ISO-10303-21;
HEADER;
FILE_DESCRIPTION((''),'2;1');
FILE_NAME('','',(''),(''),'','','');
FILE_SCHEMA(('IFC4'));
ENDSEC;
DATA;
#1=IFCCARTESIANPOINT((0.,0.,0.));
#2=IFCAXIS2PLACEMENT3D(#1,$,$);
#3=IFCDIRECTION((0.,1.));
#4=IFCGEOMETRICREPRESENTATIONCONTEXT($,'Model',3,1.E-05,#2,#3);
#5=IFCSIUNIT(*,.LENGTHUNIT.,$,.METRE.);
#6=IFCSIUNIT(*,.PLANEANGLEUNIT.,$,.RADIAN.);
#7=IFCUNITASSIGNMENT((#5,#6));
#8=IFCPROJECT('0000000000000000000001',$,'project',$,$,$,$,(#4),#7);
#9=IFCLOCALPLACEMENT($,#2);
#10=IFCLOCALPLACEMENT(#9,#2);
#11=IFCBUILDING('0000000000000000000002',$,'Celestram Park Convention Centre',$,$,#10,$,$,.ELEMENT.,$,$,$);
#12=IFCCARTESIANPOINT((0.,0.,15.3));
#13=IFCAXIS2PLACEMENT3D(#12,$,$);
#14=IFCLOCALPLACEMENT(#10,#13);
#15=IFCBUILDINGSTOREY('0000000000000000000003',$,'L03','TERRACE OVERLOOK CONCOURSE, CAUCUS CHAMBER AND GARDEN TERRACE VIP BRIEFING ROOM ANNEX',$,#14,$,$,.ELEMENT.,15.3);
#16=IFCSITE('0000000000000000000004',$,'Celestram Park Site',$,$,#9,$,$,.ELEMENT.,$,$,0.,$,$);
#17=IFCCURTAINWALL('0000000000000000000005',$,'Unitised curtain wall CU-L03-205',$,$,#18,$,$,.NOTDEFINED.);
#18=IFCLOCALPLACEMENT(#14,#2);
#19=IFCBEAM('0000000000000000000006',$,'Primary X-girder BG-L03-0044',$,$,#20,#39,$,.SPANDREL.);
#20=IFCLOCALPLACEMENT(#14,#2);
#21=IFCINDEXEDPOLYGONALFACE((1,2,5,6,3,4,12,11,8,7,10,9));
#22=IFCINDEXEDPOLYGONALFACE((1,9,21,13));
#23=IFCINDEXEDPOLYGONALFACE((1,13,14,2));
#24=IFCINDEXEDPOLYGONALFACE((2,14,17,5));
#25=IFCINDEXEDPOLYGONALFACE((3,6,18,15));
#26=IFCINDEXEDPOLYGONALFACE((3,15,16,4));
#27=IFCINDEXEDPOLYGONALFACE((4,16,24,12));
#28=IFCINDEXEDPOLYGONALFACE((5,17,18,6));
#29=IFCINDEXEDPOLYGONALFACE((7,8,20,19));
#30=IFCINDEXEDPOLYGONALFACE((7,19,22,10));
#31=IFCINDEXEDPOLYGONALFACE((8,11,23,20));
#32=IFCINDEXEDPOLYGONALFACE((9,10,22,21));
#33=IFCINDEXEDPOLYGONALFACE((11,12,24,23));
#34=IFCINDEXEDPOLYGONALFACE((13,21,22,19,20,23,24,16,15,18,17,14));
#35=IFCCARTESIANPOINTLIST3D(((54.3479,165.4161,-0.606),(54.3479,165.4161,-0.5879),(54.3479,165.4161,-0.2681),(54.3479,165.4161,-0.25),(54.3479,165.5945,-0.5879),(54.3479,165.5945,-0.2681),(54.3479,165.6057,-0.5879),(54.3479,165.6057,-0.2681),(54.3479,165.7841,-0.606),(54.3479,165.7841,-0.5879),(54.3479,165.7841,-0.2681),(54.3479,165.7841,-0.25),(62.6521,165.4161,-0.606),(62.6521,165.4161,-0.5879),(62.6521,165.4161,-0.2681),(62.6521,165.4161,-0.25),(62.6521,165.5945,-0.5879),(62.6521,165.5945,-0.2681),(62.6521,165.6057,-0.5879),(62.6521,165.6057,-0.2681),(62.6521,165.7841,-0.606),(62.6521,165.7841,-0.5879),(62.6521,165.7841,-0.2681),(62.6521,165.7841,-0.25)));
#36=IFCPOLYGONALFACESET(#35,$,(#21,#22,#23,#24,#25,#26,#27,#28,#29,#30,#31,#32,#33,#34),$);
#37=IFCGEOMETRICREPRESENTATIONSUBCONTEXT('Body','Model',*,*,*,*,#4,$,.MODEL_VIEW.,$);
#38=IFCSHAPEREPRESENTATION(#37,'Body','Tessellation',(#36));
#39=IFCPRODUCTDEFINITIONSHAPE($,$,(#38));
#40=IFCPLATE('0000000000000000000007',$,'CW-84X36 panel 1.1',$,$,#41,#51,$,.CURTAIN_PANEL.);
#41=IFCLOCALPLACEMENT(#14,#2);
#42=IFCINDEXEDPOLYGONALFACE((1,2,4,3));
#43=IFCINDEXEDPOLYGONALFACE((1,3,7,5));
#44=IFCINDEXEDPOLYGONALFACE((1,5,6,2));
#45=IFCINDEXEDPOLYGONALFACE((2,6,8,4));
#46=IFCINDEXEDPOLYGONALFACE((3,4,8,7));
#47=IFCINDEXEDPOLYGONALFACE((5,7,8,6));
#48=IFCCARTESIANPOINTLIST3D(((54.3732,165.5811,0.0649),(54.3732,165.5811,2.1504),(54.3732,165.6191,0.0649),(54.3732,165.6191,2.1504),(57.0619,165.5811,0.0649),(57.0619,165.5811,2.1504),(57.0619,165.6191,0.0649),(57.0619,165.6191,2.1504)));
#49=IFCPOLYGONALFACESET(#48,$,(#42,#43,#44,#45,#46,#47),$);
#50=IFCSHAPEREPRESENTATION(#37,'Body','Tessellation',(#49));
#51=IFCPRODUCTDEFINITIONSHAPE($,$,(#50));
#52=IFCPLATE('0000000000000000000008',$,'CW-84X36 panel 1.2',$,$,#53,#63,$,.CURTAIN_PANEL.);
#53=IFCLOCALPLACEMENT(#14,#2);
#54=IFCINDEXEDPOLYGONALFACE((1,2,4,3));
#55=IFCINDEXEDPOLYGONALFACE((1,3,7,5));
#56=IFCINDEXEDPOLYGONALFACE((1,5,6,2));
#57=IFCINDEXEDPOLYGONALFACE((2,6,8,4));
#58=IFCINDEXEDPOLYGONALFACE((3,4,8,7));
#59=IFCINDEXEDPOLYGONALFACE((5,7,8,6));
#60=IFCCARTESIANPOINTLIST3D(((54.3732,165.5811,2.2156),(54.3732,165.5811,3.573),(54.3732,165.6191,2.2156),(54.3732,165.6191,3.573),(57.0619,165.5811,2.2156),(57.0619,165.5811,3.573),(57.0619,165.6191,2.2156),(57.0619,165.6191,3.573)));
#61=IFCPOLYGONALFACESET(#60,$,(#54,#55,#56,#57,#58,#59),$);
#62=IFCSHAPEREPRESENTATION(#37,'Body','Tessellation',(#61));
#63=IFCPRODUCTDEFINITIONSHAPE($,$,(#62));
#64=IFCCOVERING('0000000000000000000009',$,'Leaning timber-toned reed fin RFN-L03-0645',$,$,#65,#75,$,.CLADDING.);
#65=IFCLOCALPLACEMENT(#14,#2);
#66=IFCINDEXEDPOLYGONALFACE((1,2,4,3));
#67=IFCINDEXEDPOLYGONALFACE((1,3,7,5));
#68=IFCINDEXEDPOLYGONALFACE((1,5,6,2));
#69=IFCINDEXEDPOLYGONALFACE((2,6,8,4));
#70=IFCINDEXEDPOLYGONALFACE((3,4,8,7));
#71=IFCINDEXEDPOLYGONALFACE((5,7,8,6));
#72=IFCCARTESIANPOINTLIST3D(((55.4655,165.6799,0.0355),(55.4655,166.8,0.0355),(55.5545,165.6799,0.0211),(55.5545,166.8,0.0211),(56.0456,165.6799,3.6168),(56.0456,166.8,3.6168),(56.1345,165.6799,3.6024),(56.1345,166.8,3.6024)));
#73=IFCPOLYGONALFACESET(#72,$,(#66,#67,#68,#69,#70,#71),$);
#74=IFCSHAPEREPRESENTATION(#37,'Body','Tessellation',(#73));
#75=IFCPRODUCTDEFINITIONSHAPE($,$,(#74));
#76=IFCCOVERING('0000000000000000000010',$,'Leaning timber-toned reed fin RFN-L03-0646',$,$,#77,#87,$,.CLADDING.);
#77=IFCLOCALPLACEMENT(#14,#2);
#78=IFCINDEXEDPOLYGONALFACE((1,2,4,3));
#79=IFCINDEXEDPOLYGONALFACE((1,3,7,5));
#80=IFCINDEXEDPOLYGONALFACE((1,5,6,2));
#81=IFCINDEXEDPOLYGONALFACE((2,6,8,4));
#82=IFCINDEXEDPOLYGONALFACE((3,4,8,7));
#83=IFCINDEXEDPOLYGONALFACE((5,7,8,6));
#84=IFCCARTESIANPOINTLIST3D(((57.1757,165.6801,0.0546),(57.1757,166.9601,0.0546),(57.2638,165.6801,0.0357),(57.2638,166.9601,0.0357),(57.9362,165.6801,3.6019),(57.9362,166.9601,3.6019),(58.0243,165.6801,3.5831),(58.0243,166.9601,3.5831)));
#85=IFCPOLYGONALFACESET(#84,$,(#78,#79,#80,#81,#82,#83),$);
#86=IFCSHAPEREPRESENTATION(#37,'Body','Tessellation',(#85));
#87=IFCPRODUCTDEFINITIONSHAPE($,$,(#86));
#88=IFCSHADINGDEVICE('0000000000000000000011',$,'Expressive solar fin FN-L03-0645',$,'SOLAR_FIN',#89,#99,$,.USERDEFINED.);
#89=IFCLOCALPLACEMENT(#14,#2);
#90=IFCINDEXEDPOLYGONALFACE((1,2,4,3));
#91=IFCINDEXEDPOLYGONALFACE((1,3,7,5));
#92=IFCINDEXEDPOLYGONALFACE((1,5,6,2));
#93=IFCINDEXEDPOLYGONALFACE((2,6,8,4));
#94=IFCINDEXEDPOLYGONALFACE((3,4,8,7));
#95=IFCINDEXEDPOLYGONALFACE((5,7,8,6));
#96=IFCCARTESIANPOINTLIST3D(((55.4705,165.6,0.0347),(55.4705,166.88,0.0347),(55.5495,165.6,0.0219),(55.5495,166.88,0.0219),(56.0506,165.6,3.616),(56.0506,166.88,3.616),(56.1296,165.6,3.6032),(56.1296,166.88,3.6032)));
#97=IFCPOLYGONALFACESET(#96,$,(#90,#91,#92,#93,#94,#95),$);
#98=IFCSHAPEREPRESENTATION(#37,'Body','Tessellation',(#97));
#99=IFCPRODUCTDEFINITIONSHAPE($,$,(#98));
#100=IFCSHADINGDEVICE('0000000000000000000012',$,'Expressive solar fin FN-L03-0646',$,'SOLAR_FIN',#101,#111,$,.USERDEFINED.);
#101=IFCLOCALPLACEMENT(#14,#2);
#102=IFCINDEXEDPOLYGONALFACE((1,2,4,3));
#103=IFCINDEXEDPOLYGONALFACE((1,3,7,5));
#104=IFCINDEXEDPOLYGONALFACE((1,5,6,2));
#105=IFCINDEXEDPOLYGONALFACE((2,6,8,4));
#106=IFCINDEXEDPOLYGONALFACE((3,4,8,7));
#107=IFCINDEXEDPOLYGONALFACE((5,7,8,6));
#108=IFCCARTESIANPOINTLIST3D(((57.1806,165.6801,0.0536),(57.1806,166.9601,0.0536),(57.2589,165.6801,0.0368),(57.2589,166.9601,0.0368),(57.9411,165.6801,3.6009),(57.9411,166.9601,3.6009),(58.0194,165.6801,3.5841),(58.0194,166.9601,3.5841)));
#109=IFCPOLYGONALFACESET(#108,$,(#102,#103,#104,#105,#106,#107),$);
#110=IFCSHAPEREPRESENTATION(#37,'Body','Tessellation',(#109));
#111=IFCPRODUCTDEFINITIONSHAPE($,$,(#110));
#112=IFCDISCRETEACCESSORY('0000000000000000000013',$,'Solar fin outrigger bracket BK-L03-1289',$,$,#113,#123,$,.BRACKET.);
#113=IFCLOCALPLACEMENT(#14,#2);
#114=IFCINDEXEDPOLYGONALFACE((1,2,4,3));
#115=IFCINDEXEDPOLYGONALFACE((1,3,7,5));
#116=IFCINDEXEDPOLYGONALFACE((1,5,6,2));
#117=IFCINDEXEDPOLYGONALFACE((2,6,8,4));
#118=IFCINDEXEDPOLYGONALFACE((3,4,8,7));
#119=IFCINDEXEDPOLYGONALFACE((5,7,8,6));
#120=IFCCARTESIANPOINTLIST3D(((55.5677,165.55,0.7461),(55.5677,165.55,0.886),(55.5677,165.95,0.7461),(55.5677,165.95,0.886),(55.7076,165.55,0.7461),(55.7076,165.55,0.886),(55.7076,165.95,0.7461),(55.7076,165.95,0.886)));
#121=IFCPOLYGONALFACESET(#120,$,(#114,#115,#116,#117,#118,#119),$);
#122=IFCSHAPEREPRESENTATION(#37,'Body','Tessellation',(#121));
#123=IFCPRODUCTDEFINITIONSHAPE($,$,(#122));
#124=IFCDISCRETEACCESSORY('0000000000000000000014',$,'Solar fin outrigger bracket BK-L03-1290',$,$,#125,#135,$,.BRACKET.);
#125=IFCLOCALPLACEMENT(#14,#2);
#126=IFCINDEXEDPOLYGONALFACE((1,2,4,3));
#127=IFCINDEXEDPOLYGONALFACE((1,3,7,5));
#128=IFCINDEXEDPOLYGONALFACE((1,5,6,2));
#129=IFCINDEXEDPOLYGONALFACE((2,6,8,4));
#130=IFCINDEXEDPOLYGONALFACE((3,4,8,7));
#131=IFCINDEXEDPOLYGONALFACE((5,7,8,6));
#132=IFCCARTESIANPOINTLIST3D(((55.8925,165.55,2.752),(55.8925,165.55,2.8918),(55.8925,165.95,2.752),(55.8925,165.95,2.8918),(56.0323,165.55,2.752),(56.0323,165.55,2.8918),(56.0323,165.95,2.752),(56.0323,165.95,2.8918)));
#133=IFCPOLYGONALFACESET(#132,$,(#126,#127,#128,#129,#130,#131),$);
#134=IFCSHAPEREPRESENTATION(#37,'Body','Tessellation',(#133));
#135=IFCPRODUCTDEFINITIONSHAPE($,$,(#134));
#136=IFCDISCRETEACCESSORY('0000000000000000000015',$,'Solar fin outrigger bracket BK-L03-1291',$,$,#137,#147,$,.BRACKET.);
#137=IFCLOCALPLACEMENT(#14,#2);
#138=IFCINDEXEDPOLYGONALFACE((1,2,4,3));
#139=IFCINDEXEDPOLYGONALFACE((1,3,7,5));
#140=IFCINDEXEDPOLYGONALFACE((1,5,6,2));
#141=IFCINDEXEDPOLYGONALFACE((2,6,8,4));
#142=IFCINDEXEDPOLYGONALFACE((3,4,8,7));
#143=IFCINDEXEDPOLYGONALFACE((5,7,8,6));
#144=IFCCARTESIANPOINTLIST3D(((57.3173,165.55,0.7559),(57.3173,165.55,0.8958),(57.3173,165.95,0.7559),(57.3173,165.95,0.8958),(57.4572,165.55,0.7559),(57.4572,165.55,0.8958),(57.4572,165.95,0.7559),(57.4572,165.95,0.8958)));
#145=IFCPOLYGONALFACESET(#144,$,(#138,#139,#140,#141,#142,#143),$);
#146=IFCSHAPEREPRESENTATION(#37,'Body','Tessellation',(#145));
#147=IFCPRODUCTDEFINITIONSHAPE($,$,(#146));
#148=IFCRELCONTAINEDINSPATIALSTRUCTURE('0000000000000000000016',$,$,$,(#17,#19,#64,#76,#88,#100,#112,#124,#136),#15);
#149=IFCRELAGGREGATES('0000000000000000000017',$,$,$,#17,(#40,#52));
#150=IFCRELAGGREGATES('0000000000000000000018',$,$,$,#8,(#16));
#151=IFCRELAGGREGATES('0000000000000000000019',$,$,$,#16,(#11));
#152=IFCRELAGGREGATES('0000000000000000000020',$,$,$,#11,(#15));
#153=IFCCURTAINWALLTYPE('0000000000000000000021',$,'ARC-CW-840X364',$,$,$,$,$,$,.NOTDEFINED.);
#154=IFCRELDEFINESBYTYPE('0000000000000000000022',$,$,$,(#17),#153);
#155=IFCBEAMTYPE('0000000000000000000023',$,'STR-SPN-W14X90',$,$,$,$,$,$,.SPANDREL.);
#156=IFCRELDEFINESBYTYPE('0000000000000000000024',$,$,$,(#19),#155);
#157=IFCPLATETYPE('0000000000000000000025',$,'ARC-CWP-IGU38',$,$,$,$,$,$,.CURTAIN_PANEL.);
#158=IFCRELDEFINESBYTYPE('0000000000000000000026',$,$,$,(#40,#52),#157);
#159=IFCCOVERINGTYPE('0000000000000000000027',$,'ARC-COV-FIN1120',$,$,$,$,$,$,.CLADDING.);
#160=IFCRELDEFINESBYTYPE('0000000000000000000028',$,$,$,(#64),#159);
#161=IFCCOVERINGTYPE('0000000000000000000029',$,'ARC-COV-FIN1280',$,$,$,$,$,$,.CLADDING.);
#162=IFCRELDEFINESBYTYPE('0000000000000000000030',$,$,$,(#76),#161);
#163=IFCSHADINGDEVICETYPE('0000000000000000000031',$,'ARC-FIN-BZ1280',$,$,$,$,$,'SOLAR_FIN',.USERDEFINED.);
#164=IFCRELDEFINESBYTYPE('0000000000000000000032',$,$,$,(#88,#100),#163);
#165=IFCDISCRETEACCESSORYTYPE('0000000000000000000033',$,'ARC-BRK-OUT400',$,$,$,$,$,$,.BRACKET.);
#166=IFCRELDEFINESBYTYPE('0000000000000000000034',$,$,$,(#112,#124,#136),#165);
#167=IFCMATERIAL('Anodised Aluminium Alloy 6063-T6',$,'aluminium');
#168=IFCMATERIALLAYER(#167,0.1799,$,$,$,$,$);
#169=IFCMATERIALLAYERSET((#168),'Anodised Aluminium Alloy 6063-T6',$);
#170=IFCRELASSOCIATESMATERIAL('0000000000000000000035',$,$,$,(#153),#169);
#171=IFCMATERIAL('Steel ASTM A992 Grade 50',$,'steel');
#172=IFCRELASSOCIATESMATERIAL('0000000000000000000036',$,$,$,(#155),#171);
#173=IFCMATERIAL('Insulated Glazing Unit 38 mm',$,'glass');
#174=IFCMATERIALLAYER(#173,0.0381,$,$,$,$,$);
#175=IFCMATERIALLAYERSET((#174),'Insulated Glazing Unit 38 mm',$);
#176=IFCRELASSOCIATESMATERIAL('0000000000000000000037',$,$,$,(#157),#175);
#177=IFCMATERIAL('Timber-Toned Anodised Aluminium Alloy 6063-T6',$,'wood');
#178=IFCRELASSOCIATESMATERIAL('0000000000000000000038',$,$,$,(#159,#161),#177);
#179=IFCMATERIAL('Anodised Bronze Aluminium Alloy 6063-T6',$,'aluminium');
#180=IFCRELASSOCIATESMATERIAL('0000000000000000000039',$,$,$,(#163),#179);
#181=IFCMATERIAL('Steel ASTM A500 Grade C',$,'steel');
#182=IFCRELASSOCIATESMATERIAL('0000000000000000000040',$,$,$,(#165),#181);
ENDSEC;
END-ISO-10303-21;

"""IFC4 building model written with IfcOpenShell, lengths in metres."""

from ifc_helpers import new_model, si_unit, direction, frame, origin, origin_2d, place, context, subcontext, project, spatial, rectangle, i_section, extrude, material, layer, layer_set, material_profile, profile_set, type_object, element, aggregate, save


model = new_model("IFC4")

# Units and contexts
model_context = context("Model", 3, precision=1e-05, world=origin(), true_north=direction((0.0, 1.0)))
body_context = subcontext(model_context, "Body", "Model", "MODEL_VIEW")
ifc_project = project(units=[si_unit("LENGTHUNIT", "METRE"), si_unit("PLANEANGLEUNIT", "RADIAN")], contexts=[model_context])

# Site, building, storey
site_placement = place(None, origin())
site = spatial("IfcSite", under=ifc_project, at=site_placement, Name="Celestram Park Site", CompositionType="ELEMENT", RefElevation=0.0)
building_placement = place(site_placement, origin())
building = spatial("IfcBuilding", under=site, at=building_placement, Name="Celestram Park Convention Centre", CompositionType="ELEMENT")
storey_placement = place(building_placement, frame((0.0, 0.0, 15.3)))
storey = spatial("IfcBuildingStorey", under=building, at=storey_placement, Name="L03", Description="TERRACE OVERLOOK CONCOURSE, CAUCUS CHAMBER AND GARDEN TERRACE VIP BRIEFING ROOM ANNEX", CompositionType="ELEMENT", Elevation=15.3)

# Curtain wall
ifc_material_1 = material(Name="Anodised Aluminium Alloy 6063-T6", Category="aluminium")
ifc_layer_1 = layer(ifc_material_1, 0.1799)
ifc_layer_set_1 = layer_set([ifc_layer_1], Name="Anodised Aluminium Alloy 6063-T6")
curtain_wall_type = type_object("IfcCurtainWallType", Name="ARC-CW-840X364", PredefinedType="NOTDEFINED", material=ifc_layer_set_1)
curtain_wall_placement = place(storey_placement, origin())
curtain_wall = element("IfcCurtainWall", 1, at=curtain_wall_placement, inside=storey, type_object=curtain_wall_type, Name="Unitised curtain wall CU-L03-205", PredefinedType="NOTDEFINED")

# Beam
ifc_material_2 = material(Name="Steel ASTM A992 Grade 50", Category="steel")
ifc_material_profile_1 = material_profile(ifc_material_2, i_section(OverallWidth=0.3679, OverallDepth=0.356, WebThickness=0.0112, FlangeThickness=0.0181, at=origin_2d()), Name="W14X90")
ifc_profile_set_1 = profile_set([ifc_material_profile_1], Name="Steel ASTM A992 Grade 50")
beam_type_1 = type_object("IfcBeamType", Name="STR-SPN-W14X90", PredefinedType="SPANDREL", material=ifc_profile_set_1)
beam_1_placement = place(storey_placement, frame((54.3479, 165.6001, -0.428), z_axis=(1.0, 0.0, 0.0), x_axis=(0.0, 1.0, 0.0)))
element("IfcBeam", 2, at=beam_1_placement, inside=storey, type_object=beam_type_1, Name="Primary X-girder BG-L03-0044", PredefinedType="SPANDREL", context=body_context, shape_type="SweptSolid", body=[
    extrude(i_section(OverallWidth=0.3679, OverallDepth=0.356, WebThickness=0.0112, FlangeThickness=0.0181, at=origin_2d()), origin(), (0.0, 0.0, 1.0), 8.3042),
])

# Plates
ifc_material_3 = material(Name="Insulated Glazing Unit 38 mm", Category="glass")
ifc_layer_2 = layer(ifc_material_3, 0.0381)
ifc_layer_set_2 = layer_set([ifc_layer_2], Name="Insulated Glazing Unit 38 mm")
plate_type = type_object("IfcPlateType", Name="ARC-CWP-IGU38", PredefinedType="CURTAIN_PANEL", material=ifc_layer_set_2)
plate_1_placement = place(storey_placement, frame((55.7175, 165.6001, 0.0649), z_axis=(0.0, 0.0, 1.0), x_axis=(1.0, 0.0, 0.0)))
plate_1 = element("IfcPlate", 3, at=plate_1_placement, type_object=plate_type, Name="CW-84X36 panel 1.1", PredefinedType="CURTAIN_PANEL", context=body_context, shape_type="SweptSolid", body=[
    extrude(rectangle(XDim=2.6887, YDim=0.0381, at=origin_2d()), origin(), (0.0, 0.0, 1.0), 2.0854),
])
plate_2_placement = place(storey_placement, frame((55.7175, 165.6001, 2.2156), z_axis=(0.0, 0.0, 1.0), x_axis=(1.0, 0.0, 0.0)))
plate_2 = element("IfcPlate", 4, at=plate_2_placement, type_object=plate_type, Name="CW-84X36 panel 1.2", PredefinedType="CURTAIN_PANEL", context=body_context, shape_type="SweptSolid", body=[
    extrude(rectangle(XDim=2.6887, YDim=0.0381, at=origin_2d()), origin(), (0.0, 0.0, 1.0), 1.3574),
])
aggregate(curtain_wall, [plate_1, plate_2])

# Coverings
ifc_material_4 = material(Name="Timber-Toned Anodised Aluminium Alloy 6063-T6", Category="wood")
ifc_material_profile_2 = material_profile(ifc_material_4, rectangle(XDim=1.1201, YDim=0.0901, at=origin_2d()), Name="REED1120X90")
ifc_profile_set_2 = profile_set([ifc_material_profile_2], Name="Timber-Toned Anodised Aluminium Alloy 6063-T6")
covering_type_1 = type_object("IfcCoveringType", Name="ARC-COV-FIN1120", PredefinedType="CLADDING", material=ifc_profile_set_2)
covering_1_placement = place(storey_placement, frame((55.51, 166.24, 0.0283), z_axis=(0.15989, 0.0, 0.987135), x_axis=(0.0, 1.0, 0.0)))
element("IfcCovering", 5, at=covering_1_placement, inside=storey, type_object=covering_type_1, Name="Leaning timber-toned reed fin RFN-L03-0645", PredefinedType="CLADDING", context=body_context, shape_type="SweptSolid", body=[
    extrude(rectangle(XDim=1.1201, YDim=0.0901, at=origin_2d()), origin(), (0.0, 0.0, 1.0), 3.6279),
])
ifc_material_profile_3 = material_profile(ifc_material_4, rectangle(XDim=1.28, YDim=0.0901, at=origin_2d()), Name="REED1280X90")
ifc_profile_set_3 = profile_set([ifc_material_profile_3], Name="Timber-Toned Anodised Aluminium Alloy 6063-T6")
covering_type_2 = type_object("IfcCoveringType", Name="ARC-COV-FIN1280", PredefinedType="CLADDING", material=ifc_profile_set_3)
covering_2_placement = place(storey_placement, frame((57.2197, 166.3201, 0.0452), z_axis=(0.209621, 0.0, 0.977783), x_axis=(0.0, 1.0, 0.0)))
element("IfcCovering", 6, at=covering_2_placement, inside=storey, type_object=covering_type_2, Name="Leaning timber-toned reed fin RFN-L03-0646", PredefinedType="CLADDING", context=body_context, shape_type="SweptSolid", body=[
    extrude(rectangle(XDim=1.28, YDim=0.0901, at=origin_2d()), origin(), (0.0, 0.0, 1.0), 3.6279),
])

# Shading devices
ifc_material_5 = material(Name="Anodised Bronze Aluminium Alloy 6063-T6", Category="aluminium")
ifc_material_profile_4 = material_profile(ifc_material_5, rectangle(XDim=1.28, YDim=0.0801, at=origin_2d()), Name="FIN1280X80")
ifc_profile_set_4 = profile_set([ifc_material_profile_4], Name="Anodised Bronze Aluminium Alloy 6063-T6")
shading_device_type = type_object("IfcShadingDeviceType", Name="ARC-FIN-BZ1280", ElementType="SOLAR_FIN", PredefinedType="USERDEFINED", material=ifc_profile_set_4)
for number, where, z_axis, x_axis, name in (
    (7, (55.51, 166.24, 0.0283), (0.15989, 0.0, 0.987135), (0.0, 1.0, 0.0), "Expressive solar fin FN-L03-0645"),
    (8, (57.2197, 166.3201, 0.0452), (0.209621, 0.0, 0.977783), (0.0, 1.0, 0.0), "Expressive solar fin FN-L03-0646"),
):
    element("IfcShadingDevice", number, at=place(storey_placement, frame(where, z_axis=z_axis, x_axis=x_axis)), inside=storey, type_object=shading_device_type, Name=name, ObjectType="SOLAR_FIN", PredefinedType="USERDEFINED", context=body_context, shape_type="SweptSolid", body=[
        extrude(rectangle(XDim=1.28, YDim=0.0801, at=origin_2d()), origin(), (0.0, 0.0, 1.0), 3.6279),
    ])

# Discrete accessories
ifc_material_6 = material(Name="Steel ASTM A500 Grade C", Category="steel")
discrete_accessory_type = type_object("IfcDiscreteAccessoryType", Name="ARC-BRK-OUT400", PredefinedType="BRACKET", material=ifc_material_6)
for number, where, z_axis, x_axis, name in (
    (9, (55.6377, 165.75, 0.7461), (0.0, 0.0, 1.0), (0.0, 1.0, 0.0), "Solar fin outrigger bracket BK-L03-1289"),
    (10, (55.9624, 165.75, 2.752), (0.0, 0.0, 1.0), (0.0, 1.0, 0.0), "Solar fin outrigger bracket BK-L03-1290"),
    (11, (57.3872, 165.75, 0.7559), (0.0, 0.0, 1.0), (0.0, 1.0, 0.0), "Solar fin outrigger bracket BK-L03-1291"),
):
    element("IfcDiscreteAccessory", number, at=place(storey_placement, frame(where, z_axis=z_axis, x_axis=x_axis)), inside=storey, type_object=discrete_accessory_type, Name=name, PredefinedType="BRACKET", context=body_context, shape_type="SweptSolid", body=[
        extrude(rectangle(XDim=0.3999, YDim=0.1399, at=origin_2d()), origin(), (0.0, 0.0, 1.0), 0.1399),
    ])

save(model, "model.ifc")
